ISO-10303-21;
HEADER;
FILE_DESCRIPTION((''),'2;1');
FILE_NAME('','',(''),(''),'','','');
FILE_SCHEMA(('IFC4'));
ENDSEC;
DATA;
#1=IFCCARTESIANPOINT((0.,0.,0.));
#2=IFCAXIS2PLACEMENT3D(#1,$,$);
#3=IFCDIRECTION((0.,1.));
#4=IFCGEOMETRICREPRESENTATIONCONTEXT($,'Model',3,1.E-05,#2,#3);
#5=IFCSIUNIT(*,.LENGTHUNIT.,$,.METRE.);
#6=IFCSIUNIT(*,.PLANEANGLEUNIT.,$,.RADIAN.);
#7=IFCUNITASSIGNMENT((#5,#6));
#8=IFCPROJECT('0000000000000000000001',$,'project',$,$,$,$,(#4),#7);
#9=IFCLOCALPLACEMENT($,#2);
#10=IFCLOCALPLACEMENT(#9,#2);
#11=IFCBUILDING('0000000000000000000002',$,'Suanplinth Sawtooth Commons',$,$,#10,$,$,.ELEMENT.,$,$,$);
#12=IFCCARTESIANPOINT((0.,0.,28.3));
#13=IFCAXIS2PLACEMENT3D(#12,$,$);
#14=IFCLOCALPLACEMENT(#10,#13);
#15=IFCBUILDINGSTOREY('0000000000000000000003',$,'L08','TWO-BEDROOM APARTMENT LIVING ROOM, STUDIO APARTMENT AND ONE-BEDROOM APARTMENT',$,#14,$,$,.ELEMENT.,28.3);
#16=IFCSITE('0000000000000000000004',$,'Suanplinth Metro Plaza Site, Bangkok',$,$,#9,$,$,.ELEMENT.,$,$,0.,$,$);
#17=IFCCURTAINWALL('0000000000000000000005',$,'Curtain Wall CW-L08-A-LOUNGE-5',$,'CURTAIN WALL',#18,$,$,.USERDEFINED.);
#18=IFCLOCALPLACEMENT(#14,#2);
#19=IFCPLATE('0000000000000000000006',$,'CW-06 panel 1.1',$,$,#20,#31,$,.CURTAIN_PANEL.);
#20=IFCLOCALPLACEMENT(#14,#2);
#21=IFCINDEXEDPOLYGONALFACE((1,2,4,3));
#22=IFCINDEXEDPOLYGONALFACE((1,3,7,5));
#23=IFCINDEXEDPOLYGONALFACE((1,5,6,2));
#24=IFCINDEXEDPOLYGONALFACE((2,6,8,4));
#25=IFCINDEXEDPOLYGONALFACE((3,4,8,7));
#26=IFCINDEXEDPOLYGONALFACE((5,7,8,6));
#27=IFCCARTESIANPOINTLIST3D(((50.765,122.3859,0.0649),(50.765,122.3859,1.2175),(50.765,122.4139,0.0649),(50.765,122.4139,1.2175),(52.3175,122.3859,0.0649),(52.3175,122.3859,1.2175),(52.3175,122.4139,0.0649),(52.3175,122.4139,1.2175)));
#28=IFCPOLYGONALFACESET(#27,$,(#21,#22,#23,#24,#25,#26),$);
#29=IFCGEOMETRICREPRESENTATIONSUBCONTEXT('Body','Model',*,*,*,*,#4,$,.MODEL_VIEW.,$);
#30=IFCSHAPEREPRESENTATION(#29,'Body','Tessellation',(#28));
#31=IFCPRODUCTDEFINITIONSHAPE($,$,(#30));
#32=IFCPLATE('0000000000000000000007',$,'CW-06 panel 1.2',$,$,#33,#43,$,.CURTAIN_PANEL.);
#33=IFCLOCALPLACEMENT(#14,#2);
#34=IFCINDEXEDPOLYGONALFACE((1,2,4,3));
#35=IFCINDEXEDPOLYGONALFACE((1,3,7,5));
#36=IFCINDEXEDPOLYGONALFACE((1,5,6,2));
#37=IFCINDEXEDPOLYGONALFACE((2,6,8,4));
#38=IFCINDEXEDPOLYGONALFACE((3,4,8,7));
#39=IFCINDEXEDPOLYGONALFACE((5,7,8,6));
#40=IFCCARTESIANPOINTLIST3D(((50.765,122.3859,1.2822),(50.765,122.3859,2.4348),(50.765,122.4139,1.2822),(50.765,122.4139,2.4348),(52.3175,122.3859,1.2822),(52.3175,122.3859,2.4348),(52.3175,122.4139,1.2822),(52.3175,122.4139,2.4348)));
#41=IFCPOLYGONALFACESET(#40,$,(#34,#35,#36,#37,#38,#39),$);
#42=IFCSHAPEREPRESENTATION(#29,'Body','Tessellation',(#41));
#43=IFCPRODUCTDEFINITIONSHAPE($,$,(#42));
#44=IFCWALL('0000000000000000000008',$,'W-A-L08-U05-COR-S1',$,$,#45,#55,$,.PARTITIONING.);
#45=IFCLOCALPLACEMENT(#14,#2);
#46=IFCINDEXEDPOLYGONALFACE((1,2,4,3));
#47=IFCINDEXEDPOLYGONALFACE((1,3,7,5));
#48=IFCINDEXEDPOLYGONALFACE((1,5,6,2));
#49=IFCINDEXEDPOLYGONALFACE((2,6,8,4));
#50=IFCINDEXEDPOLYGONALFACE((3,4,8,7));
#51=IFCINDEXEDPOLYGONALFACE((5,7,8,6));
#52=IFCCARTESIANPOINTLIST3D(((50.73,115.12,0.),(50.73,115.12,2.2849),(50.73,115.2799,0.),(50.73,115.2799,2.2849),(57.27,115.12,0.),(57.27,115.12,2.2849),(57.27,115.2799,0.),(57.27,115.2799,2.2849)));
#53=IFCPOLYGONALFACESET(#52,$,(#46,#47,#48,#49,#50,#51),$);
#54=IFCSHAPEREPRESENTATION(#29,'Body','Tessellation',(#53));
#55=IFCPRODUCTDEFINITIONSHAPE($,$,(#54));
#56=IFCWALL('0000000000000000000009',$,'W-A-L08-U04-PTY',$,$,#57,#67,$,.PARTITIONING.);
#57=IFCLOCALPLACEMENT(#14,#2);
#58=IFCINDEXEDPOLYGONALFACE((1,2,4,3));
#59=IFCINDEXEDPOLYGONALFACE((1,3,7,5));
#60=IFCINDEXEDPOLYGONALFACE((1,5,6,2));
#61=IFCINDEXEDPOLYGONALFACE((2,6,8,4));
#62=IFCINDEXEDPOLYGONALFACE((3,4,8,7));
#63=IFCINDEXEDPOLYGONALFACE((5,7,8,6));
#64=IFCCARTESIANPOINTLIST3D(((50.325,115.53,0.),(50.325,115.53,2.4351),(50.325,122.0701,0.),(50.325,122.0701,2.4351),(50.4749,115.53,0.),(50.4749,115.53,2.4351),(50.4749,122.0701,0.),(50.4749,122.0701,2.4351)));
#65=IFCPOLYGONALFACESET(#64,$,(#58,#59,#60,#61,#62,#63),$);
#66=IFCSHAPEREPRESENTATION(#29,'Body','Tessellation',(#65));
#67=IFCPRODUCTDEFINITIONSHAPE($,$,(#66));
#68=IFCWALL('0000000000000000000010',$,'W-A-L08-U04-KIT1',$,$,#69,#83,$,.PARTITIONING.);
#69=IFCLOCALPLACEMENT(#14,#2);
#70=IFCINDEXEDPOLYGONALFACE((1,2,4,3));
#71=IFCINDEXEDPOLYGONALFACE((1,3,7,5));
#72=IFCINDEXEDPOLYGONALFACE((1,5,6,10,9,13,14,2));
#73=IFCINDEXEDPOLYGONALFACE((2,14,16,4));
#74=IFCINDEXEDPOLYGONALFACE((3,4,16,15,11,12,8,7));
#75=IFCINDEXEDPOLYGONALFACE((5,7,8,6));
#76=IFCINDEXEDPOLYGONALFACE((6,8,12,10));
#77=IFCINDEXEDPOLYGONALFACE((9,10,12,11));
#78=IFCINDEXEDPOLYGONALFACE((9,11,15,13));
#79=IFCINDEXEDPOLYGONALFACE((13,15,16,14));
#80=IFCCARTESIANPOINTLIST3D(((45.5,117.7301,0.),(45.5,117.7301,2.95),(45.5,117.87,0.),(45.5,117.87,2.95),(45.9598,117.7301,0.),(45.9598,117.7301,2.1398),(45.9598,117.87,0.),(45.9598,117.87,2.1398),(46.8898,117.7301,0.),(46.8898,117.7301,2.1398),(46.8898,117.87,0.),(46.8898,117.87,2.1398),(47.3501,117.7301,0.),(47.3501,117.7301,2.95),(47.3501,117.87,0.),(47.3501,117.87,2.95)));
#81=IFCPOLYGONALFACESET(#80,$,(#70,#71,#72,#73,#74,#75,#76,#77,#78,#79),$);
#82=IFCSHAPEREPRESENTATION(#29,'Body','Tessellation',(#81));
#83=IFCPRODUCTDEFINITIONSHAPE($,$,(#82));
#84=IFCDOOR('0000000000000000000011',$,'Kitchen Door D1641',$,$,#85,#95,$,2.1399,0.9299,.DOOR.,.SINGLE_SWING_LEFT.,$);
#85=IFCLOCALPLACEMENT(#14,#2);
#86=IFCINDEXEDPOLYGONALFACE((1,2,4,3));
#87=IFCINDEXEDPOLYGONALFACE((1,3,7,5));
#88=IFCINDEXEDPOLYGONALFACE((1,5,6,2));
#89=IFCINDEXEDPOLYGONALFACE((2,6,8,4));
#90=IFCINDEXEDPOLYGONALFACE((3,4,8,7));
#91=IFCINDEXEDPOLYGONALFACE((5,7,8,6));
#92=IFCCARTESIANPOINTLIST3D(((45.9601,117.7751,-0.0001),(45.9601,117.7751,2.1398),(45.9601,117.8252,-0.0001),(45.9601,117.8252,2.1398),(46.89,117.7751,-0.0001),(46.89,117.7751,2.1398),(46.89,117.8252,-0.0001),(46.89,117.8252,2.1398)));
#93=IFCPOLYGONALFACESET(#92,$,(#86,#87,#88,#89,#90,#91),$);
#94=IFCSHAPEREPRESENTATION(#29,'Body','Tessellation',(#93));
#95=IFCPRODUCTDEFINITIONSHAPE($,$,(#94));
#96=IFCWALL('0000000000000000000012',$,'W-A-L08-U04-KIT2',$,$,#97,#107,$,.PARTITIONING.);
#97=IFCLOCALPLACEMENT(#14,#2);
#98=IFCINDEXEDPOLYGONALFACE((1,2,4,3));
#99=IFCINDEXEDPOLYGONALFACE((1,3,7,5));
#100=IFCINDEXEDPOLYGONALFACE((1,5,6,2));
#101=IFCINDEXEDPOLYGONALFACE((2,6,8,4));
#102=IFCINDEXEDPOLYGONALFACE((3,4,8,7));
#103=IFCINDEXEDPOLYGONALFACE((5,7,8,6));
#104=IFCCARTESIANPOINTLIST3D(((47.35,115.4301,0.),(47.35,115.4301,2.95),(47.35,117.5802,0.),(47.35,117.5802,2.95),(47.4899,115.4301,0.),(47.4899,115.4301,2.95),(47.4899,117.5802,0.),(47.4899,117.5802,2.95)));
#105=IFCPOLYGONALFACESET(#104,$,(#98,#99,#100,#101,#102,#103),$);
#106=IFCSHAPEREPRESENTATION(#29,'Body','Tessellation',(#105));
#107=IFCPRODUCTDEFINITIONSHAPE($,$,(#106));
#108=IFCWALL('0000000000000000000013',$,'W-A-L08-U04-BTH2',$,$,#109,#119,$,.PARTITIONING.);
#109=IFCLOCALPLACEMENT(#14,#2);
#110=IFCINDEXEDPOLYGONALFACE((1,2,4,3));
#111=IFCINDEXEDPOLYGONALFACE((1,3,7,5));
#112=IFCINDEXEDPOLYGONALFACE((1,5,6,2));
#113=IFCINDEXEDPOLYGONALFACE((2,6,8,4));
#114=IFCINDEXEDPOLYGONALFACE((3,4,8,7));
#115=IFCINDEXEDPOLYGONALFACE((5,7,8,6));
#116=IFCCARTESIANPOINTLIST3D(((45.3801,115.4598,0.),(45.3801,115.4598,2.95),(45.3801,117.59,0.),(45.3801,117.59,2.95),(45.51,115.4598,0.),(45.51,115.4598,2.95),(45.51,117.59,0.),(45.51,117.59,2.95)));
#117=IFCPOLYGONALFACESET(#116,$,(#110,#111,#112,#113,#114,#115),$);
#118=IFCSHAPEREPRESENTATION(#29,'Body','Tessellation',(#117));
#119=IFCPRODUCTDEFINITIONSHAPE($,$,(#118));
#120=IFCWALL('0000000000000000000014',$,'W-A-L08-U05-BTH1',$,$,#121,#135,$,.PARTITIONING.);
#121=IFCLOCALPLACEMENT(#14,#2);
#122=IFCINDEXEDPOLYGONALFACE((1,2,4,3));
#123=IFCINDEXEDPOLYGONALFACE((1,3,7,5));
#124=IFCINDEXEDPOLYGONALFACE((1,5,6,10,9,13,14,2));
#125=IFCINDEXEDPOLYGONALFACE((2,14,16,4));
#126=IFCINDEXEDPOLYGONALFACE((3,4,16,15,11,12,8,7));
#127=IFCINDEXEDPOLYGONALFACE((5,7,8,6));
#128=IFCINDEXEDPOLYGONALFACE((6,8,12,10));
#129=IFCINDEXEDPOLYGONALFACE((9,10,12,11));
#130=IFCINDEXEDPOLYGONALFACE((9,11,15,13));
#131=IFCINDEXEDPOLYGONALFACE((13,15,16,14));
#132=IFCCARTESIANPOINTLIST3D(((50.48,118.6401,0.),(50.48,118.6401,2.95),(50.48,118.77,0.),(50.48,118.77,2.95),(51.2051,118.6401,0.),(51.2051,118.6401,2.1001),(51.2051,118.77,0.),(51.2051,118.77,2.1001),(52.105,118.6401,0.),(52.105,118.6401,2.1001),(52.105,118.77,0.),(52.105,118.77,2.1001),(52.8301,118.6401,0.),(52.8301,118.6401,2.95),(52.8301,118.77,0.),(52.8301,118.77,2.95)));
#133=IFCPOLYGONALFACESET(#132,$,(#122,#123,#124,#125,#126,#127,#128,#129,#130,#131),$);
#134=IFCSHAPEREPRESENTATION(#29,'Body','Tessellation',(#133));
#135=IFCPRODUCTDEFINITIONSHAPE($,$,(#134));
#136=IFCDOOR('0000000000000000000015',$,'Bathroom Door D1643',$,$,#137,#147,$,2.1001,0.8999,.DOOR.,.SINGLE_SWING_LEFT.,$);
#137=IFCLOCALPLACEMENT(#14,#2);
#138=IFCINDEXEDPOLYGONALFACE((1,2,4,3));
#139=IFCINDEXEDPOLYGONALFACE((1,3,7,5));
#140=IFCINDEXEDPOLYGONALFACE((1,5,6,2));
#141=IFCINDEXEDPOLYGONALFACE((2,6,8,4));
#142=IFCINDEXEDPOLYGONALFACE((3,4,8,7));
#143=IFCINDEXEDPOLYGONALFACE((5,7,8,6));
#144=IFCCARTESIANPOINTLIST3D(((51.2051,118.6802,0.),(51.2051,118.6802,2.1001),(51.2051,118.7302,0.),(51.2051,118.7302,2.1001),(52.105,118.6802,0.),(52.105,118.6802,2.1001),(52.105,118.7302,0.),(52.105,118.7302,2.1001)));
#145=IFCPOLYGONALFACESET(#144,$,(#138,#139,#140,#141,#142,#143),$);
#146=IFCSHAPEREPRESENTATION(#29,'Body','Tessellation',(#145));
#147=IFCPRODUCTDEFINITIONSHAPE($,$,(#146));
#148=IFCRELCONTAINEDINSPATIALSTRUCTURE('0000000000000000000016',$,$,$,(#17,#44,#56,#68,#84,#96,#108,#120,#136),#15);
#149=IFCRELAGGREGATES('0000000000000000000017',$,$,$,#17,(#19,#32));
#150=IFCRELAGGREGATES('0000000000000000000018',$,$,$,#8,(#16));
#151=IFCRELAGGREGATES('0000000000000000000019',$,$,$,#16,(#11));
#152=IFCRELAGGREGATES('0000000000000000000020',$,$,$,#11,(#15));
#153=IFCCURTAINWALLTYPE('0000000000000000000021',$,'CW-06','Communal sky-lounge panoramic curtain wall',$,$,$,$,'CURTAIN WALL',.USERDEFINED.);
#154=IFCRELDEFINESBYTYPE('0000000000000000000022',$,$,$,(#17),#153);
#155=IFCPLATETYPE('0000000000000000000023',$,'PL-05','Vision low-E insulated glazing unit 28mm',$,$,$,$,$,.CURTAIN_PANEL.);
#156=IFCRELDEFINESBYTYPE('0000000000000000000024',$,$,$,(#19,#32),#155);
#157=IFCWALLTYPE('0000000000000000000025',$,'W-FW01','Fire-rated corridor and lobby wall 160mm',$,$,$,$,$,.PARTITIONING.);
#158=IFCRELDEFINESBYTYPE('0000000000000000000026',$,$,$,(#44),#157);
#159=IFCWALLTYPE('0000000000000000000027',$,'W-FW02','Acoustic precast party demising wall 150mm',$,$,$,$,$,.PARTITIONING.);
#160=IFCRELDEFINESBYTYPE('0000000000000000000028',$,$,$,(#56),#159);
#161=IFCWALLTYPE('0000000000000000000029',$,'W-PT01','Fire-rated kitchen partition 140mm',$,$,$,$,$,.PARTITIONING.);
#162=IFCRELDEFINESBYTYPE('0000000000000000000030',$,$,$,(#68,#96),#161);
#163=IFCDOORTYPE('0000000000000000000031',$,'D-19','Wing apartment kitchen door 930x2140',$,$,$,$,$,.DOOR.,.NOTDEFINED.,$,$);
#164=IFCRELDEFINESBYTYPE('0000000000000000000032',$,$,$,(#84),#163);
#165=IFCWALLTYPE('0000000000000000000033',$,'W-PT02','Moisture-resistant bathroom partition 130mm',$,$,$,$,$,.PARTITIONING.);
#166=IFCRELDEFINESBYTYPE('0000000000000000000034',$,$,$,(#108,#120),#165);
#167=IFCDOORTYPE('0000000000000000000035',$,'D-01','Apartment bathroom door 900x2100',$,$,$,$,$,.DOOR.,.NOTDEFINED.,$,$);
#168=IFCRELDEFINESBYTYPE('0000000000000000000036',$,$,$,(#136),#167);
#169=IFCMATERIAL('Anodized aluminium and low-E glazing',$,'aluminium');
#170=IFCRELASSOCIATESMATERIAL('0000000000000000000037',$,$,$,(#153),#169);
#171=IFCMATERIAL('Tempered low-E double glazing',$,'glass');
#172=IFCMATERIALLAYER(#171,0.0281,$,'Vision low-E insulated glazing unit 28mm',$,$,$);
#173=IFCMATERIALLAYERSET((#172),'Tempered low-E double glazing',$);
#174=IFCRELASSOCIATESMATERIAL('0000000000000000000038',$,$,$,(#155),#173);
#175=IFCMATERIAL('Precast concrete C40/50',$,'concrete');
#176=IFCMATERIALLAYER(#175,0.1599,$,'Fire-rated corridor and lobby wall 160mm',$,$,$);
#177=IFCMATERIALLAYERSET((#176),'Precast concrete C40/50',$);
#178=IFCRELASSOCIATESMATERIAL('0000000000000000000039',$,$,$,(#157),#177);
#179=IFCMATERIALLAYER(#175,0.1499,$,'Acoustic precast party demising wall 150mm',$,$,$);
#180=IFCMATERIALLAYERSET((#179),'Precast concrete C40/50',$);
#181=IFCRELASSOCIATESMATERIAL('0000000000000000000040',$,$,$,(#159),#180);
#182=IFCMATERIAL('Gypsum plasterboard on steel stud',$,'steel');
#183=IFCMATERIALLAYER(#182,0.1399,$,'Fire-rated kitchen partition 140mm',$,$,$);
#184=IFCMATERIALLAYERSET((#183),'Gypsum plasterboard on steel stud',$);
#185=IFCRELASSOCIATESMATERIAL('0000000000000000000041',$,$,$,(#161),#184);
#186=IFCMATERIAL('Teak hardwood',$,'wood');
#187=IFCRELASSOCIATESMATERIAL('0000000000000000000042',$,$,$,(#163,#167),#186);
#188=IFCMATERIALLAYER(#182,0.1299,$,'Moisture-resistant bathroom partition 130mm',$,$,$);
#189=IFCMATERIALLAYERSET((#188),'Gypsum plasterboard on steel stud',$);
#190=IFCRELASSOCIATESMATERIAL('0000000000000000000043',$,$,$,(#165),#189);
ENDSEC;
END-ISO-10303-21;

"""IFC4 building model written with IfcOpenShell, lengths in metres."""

from ifc_helpers import new_model, si_unit, direction, frame, frame_2d, origin, origin_2d, place, context, subcontext, project, spatial, rectangle, extrude, material, layer, layer_set, type_object, element, fill, aggregate, save


model = new_model("IFC4")

# Units and contexts
model_context = context("Model", 3, precision=1e-05, world=origin(), true_north=direction((0.0, 1.0)))
body_context = subcontext(model_context, "Body", "Model", "MODEL_VIEW")
ifc_project = project(units=[si_unit("LENGTHUNIT", "METRE"), si_unit("PLANEANGLEUNIT", "RADIAN")], contexts=[model_context])

# Site, building, storey
site_placement = place(None, origin())
site = spatial("IfcSite", under=ifc_project, at=site_placement, Name="Suanplinth Metro Plaza Site, Bangkok", CompositionType="ELEMENT", RefElevation=0.0)
building_placement = place(site_placement, origin())
building = spatial("IfcBuilding", under=site, at=building_placement, Name="Suanplinth Sawtooth Commons", CompositionType="ELEMENT")
storey_placement = place(building_placement, frame((0.0, 0.0, 28.3)))
storey = spatial("IfcBuildingStorey", under=building, at=storey_placement, Name="L08", Description="TWO-BEDROOM APARTMENT LIVING ROOM, STUDIO APARTMENT AND ONE-BEDROOM APARTMENT", CompositionType="ELEMENT", Elevation=28.3)

# Shared definitions
ifc_material_1 = material(Name="Precast concrete C40/50", Category="concrete")

# Curtain wall, plates
ifc_material_2 = material(Name="Anodized aluminium and low-E glazing", Category="aluminium")
curtain_wall_type = type_object("IfcCurtainWallType", Name="CW-06", Description="Communal sky-lounge panoramic curtain wall", ElementType="CURTAIN WALL", PredefinedType="USERDEFINED", material=ifc_material_2)
curtain_wall_placement = place(storey_placement, origin())
curtain_wall = element("IfcCurtainWall", 1, at=curtain_wall_placement, inside=storey, type_object=curtain_wall_type, Name="Curtain Wall CW-L08-A-LOUNGE-5", ObjectType="CURTAIN WALL", PredefinedType="USERDEFINED")
ifc_material_3 = material(Name="Tempered low-E double glazing", Category="glass")
ifc_layer_1 = layer(ifc_material_3, 0.0281, Name="Vision low-E insulated glazing unit 28mm")
ifc_layer_set_1 = layer_set([ifc_layer_1], Name="Tempered low-E double glazing")
plate_type = type_object("IfcPlateType", Name="PL-05", Description="Vision low-E insulated glazing unit 28mm", PredefinedType="CURTAIN_PANEL", material=ifc_layer_set_1)
plate_1_placement = place(storey_placement, frame((51.5413, 122.3999, 0.0649), z_axis=(0.0, 0.0, 1.0), x_axis=(1.0, 0.0, 0.0)))
plate_1 = element("IfcPlate", 2, at=plate_1_placement, type_object=plate_type, Name="CW-06 panel 1.1", PredefinedType="CURTAIN_PANEL", context=body_context, shape_type="SweptSolid", body=[
    extrude(rectangle(XDim=1.5525, YDim=0.0281, at=origin_2d()), origin(), (0.0, 0.0, 1.0), 1.1526),
])
plate_2_placement = place(storey_placement, frame((51.5413, 122.3999, 1.2822), z_axis=(0.0, 0.0, 1.0), x_axis=(1.0, 0.0, 0.0)))
plate_2 = element("IfcPlate", 3, at=plate_2_placement, type_object=plate_type, Name="CW-06 panel 1.2", PredefinedType="CURTAIN_PANEL", context=body_context, shape_type="SweptSolid", body=[
    extrude(rectangle(XDim=1.5525, YDim=0.0281, at=origin_2d()), origin(), (0.0, 0.0, 1.0), 1.1526),
])
aggregate(curtain_wall, [plate_1, plate_2])

# Shared definitions
ifc_layer_2 = layer(ifc_material_1, 0.1599, Name="Fire-rated corridor and lobby wall 160mm")
ifc_layer_set_2 = layer_set([ifc_layer_2], Name="Precast concrete C40/50")
wall_type_1 = type_object("IfcWallType", Name="W-FW01", Description="Fire-rated corridor and lobby wall 160mm", PredefinedType="PARTITIONING", material=ifc_layer_set_2)

# Walls
wall_1_placement = place(storey_placement, frame((50.73, 115.2, 0.0), z_axis=(0.0, 0.0, 1.0), x_axis=(1.0, 0.0, 0.0)))
element("IfcWall", 4, at=wall_1_placement, inside=storey, type_object=wall_type_1, Name="W-A-L08-U05-COR-S1", PredefinedType="PARTITIONING", context=body_context, shape_type="SweptSolid", body=[
    extrude(rectangle(XDim=6.54, YDim=0.1599, at=frame_2d((3.27, 0.0))), origin(), (0.0, 0.0, 1.0), 2.2849),
])
ifc_layer_3 = layer(ifc_material_1, 0.1499, Name="Acoustic precast party demising wall 150mm")
ifc_layer_set_3 = layer_set([ifc_layer_3], Name="Precast concrete C40/50")
wall_type_2 = type_object("IfcWallType", Name="W-FW02", Description="Acoustic precast party demising wall 150mm", PredefinedType="PARTITIONING", material=ifc_layer_set_3)
wall_2_placement = place(storey_placement, frame((50.3999, 115.53, 0.0), z_axis=(0.0, 0.0, 1.0), x_axis=(0.0, 1.0, 0.0)))
element("IfcWall", 5, at=wall_2_placement, inside=storey, type_object=wall_type_2, Name="W-A-L08-U04-PTY", PredefinedType="PARTITIONING", context=body_context, shape_type="SweptSolid", body=[
    extrude(rectangle(XDim=6.54, YDim=0.1499, at=frame_2d((3.27, 0.0))), origin(), (0.0, 0.0, 1.0), 2.4351),
])

# Wall, opening, door
ifc_material_4 = material(Name="Gypsum plasterboard on steel stud", Category="steel")
ifc_layer_4 = layer(ifc_material_4, 0.1399, Name="Fire-rated kitchen partition 140mm")
ifc_layer_set_4 = layer_set([ifc_layer_4], Name="Gypsum plasterboard on steel stud")
wall_type_3 = type_object("IfcWallType", Name="W-PT01", Description="Fire-rated kitchen partition 140mm", PredefinedType="PARTITIONING", material=ifc_layer_set_4)
wall_3_placement = place(storey_placement, frame((45.5, 117.8, 0.0), z_axis=(0.0, 0.0, 1.0), x_axis=(1.0, 0.0, 0.0)))
wall_3 = element("IfcWall", 6, at=wall_3_placement, inside=storey, type_object=wall_type_3, Name="W-A-L08-U04-KIT1", PredefinedType="PARTITIONING", context=body_context, shape_type="SweptSolid", body=[
    extrude(rectangle(XDim=1.8501, YDim=0.1399, at=frame_2d((0.925, 0.0))), origin(), (0.0, 0.0, 1.0), 2.95),
])
opening_1_placement = place(wall_3_placement, frame((0.46, 0.0, 0.0)))
opening_1 = element("IfcOpeningElement", 7, at=opening_1_placement, cuts=wall_3, PredefinedType="OPENING", context=body_context, shape_type="SweptSolid", body=[
    extrude(rectangle(XDim=0.9299, YDim=2.1399, at=frame_2d((0.4648, 1.0698))), frame((0.0, 0.085, 0.0), z_axis=(0.0, -1.0, 0.0), x_axis=(1.0, 0.0, 0.0)), (0.0, 0.0, 1.0), 0.1697),
])
ifc_material_5 = material(Name="Teak hardwood", Category="wood")
door_type_1 = type_object("IfcDoorType", Name="D-19", Description="Wing apartment kitchen door 930x2140", OperationType="NOTDEFINED", PredefinedType="DOOR", material=ifc_material_5)
door_1_placement = place(opening_1_placement, frame((0.9299, 0.0, 0.0), z_axis=(0.0, 0.0, 1.0), x_axis=(-1.0, 0.0, 0.0)))
door_1 = element("IfcDoor", 8, at=door_1_placement, inside=storey, type_object=door_type_1, Name="Kitchen Door D1641", OperationType="SINGLE_SWING_LEFT", OverallHeight=2.1399, OverallWidth=0.9299, PredefinedType="DOOR", context=body_context, shape_type="SweptSolid", body=[
    extrude(rectangle(XDim=0.9299, YDim=2.1399, at=frame_2d((0.4648, 1.0698))), frame((0.0, 0.0249, 0.0), z_axis=(0.0, -1.0, 0.0), x_axis=(1.0, 0.0, 0.0)), (0.0, 0.0, 1.0), 0.05),
])
fill(opening_1, door_1)

# Walls
wall_4_placement = place(storey_placement, frame((47.4199, 115.4299, 0.0), z_axis=(0.0, 0.0, 1.0), x_axis=(0.0, 1.0, 0.0)))
element("IfcWall", 9, at=wall_4_placement, inside=storey, type_object=wall_type_3, Name="W-A-L08-U04-KIT2", PredefinedType="PARTITIONING", context=body_context, shape_type="SweptSolid", body=[
    extrude(rectangle(XDim=2.1501, YDim=0.1399, at=frame_2d((1.0752, 0.0))), origin(), (0.0, 0.0, 1.0), 2.95),
])
ifc_layer_5 = layer(ifc_material_4, 0.1299, Name="Moisture-resistant bathroom partition 130mm")
ifc_layer_set_5 = layer_set([ifc_layer_5], Name="Gypsum plasterboard on steel stud")
wall_type_4 = type_object("IfcWallType", Name="W-PT02", Description="Moisture-resistant bathroom partition 130mm", PredefinedType="PARTITIONING", material=ifc_layer_set_5)
wall_5_placement = place(storey_placement, frame((45.4451, 115.46, 0.0), z_axis=(0.0, 0.0, 1.0), x_axis=(0.0, 1.0, 0.0)))
element("IfcWall", 10, at=wall_5_placement, inside=storey, type_object=wall_type_4, Name="W-A-L08-U04-BTH2", PredefinedType="PARTITIONING", context=body_context, shape_type="SweptSolid", body=[
    extrude(rectangle(XDim=2.1301, YDim=0.1299, at=frame_2d((1.0649, 0.0))), origin(), (0.0, 0.0, 1.0), 2.95),
])

# Wall, opening, door
wall_6_placement = place(storey_placement, frame((50.48, 118.7051, 0.0), z_axis=(0.0, 0.0, 1.0), x_axis=(1.0, 0.0, 0.0)))
wall_6 = element("IfcWall", 11, at=wall_6_placement, inside=storey, type_object=wall_type_4, Name="W-A-L08-U05-BTH1", PredefinedType="PARTITIONING", context=body_context, shape_type="SweptSolid", body=[
    extrude(rectangle(XDim=2.3501, YDim=0.1299, at=frame_2d((1.175, 0.0))), origin(), (0.0, 0.0, 1.0), 2.95),
])
opening_2_placement = place(wall_6_placement, frame((0.7251, 0.0, 0.0)))
opening_2 = element("IfcOpeningElement", 12, at=opening_2_placement, cuts=wall_6, PredefinedType="OPENING", context=body_context, shape_type="SweptSolid", body=[
    extrude(rectangle(XDim=0.8999, YDim=2.1001, at=frame_2d((0.45, 1.05))), frame((0.0, 0.0798, 0.0), z_axis=(0.0, -1.0, 0.0), x_axis=(1.0, 0.0, 0.0)), (0.0, 0.0, 1.0), 0.1597),
])
door_type_2 = type_object("IfcDoorType", Name="D-01", Description="Apartment bathroom door 900x2100", OperationType="NOTDEFINED", PredefinedType="DOOR", material=ifc_material_5)
door_2_placement = place(opening_2_placement, frame((0.8999, 0.0, 0.0), z_axis=(0.0, 0.0, 1.0), x_axis=(-1.0, 0.0, 0.0)))
door_2 = element("IfcDoor", 13, at=door_2_placement, inside=storey, type_object=door_type_2, Name="Bathroom Door D1643", OperationType="SINGLE_SWING_LEFT", OverallHeight=2.1001, OverallWidth=0.8999, PredefinedType="DOOR", context=body_context, shape_type="SweptSolid", body=[
    extrude(rectangle(XDim=0.8999, YDim=2.1001, at=frame_2d((0.45, 1.05))), frame((0.0, 0.0249, 0.0), z_axis=(0.0, -1.0, 0.0), x_axis=(1.0, 0.0, 0.0)), (0.0, 0.0, 1.0), 0.05),
])
fill(opening_2, door_2)

save(model, "model.ifc")
